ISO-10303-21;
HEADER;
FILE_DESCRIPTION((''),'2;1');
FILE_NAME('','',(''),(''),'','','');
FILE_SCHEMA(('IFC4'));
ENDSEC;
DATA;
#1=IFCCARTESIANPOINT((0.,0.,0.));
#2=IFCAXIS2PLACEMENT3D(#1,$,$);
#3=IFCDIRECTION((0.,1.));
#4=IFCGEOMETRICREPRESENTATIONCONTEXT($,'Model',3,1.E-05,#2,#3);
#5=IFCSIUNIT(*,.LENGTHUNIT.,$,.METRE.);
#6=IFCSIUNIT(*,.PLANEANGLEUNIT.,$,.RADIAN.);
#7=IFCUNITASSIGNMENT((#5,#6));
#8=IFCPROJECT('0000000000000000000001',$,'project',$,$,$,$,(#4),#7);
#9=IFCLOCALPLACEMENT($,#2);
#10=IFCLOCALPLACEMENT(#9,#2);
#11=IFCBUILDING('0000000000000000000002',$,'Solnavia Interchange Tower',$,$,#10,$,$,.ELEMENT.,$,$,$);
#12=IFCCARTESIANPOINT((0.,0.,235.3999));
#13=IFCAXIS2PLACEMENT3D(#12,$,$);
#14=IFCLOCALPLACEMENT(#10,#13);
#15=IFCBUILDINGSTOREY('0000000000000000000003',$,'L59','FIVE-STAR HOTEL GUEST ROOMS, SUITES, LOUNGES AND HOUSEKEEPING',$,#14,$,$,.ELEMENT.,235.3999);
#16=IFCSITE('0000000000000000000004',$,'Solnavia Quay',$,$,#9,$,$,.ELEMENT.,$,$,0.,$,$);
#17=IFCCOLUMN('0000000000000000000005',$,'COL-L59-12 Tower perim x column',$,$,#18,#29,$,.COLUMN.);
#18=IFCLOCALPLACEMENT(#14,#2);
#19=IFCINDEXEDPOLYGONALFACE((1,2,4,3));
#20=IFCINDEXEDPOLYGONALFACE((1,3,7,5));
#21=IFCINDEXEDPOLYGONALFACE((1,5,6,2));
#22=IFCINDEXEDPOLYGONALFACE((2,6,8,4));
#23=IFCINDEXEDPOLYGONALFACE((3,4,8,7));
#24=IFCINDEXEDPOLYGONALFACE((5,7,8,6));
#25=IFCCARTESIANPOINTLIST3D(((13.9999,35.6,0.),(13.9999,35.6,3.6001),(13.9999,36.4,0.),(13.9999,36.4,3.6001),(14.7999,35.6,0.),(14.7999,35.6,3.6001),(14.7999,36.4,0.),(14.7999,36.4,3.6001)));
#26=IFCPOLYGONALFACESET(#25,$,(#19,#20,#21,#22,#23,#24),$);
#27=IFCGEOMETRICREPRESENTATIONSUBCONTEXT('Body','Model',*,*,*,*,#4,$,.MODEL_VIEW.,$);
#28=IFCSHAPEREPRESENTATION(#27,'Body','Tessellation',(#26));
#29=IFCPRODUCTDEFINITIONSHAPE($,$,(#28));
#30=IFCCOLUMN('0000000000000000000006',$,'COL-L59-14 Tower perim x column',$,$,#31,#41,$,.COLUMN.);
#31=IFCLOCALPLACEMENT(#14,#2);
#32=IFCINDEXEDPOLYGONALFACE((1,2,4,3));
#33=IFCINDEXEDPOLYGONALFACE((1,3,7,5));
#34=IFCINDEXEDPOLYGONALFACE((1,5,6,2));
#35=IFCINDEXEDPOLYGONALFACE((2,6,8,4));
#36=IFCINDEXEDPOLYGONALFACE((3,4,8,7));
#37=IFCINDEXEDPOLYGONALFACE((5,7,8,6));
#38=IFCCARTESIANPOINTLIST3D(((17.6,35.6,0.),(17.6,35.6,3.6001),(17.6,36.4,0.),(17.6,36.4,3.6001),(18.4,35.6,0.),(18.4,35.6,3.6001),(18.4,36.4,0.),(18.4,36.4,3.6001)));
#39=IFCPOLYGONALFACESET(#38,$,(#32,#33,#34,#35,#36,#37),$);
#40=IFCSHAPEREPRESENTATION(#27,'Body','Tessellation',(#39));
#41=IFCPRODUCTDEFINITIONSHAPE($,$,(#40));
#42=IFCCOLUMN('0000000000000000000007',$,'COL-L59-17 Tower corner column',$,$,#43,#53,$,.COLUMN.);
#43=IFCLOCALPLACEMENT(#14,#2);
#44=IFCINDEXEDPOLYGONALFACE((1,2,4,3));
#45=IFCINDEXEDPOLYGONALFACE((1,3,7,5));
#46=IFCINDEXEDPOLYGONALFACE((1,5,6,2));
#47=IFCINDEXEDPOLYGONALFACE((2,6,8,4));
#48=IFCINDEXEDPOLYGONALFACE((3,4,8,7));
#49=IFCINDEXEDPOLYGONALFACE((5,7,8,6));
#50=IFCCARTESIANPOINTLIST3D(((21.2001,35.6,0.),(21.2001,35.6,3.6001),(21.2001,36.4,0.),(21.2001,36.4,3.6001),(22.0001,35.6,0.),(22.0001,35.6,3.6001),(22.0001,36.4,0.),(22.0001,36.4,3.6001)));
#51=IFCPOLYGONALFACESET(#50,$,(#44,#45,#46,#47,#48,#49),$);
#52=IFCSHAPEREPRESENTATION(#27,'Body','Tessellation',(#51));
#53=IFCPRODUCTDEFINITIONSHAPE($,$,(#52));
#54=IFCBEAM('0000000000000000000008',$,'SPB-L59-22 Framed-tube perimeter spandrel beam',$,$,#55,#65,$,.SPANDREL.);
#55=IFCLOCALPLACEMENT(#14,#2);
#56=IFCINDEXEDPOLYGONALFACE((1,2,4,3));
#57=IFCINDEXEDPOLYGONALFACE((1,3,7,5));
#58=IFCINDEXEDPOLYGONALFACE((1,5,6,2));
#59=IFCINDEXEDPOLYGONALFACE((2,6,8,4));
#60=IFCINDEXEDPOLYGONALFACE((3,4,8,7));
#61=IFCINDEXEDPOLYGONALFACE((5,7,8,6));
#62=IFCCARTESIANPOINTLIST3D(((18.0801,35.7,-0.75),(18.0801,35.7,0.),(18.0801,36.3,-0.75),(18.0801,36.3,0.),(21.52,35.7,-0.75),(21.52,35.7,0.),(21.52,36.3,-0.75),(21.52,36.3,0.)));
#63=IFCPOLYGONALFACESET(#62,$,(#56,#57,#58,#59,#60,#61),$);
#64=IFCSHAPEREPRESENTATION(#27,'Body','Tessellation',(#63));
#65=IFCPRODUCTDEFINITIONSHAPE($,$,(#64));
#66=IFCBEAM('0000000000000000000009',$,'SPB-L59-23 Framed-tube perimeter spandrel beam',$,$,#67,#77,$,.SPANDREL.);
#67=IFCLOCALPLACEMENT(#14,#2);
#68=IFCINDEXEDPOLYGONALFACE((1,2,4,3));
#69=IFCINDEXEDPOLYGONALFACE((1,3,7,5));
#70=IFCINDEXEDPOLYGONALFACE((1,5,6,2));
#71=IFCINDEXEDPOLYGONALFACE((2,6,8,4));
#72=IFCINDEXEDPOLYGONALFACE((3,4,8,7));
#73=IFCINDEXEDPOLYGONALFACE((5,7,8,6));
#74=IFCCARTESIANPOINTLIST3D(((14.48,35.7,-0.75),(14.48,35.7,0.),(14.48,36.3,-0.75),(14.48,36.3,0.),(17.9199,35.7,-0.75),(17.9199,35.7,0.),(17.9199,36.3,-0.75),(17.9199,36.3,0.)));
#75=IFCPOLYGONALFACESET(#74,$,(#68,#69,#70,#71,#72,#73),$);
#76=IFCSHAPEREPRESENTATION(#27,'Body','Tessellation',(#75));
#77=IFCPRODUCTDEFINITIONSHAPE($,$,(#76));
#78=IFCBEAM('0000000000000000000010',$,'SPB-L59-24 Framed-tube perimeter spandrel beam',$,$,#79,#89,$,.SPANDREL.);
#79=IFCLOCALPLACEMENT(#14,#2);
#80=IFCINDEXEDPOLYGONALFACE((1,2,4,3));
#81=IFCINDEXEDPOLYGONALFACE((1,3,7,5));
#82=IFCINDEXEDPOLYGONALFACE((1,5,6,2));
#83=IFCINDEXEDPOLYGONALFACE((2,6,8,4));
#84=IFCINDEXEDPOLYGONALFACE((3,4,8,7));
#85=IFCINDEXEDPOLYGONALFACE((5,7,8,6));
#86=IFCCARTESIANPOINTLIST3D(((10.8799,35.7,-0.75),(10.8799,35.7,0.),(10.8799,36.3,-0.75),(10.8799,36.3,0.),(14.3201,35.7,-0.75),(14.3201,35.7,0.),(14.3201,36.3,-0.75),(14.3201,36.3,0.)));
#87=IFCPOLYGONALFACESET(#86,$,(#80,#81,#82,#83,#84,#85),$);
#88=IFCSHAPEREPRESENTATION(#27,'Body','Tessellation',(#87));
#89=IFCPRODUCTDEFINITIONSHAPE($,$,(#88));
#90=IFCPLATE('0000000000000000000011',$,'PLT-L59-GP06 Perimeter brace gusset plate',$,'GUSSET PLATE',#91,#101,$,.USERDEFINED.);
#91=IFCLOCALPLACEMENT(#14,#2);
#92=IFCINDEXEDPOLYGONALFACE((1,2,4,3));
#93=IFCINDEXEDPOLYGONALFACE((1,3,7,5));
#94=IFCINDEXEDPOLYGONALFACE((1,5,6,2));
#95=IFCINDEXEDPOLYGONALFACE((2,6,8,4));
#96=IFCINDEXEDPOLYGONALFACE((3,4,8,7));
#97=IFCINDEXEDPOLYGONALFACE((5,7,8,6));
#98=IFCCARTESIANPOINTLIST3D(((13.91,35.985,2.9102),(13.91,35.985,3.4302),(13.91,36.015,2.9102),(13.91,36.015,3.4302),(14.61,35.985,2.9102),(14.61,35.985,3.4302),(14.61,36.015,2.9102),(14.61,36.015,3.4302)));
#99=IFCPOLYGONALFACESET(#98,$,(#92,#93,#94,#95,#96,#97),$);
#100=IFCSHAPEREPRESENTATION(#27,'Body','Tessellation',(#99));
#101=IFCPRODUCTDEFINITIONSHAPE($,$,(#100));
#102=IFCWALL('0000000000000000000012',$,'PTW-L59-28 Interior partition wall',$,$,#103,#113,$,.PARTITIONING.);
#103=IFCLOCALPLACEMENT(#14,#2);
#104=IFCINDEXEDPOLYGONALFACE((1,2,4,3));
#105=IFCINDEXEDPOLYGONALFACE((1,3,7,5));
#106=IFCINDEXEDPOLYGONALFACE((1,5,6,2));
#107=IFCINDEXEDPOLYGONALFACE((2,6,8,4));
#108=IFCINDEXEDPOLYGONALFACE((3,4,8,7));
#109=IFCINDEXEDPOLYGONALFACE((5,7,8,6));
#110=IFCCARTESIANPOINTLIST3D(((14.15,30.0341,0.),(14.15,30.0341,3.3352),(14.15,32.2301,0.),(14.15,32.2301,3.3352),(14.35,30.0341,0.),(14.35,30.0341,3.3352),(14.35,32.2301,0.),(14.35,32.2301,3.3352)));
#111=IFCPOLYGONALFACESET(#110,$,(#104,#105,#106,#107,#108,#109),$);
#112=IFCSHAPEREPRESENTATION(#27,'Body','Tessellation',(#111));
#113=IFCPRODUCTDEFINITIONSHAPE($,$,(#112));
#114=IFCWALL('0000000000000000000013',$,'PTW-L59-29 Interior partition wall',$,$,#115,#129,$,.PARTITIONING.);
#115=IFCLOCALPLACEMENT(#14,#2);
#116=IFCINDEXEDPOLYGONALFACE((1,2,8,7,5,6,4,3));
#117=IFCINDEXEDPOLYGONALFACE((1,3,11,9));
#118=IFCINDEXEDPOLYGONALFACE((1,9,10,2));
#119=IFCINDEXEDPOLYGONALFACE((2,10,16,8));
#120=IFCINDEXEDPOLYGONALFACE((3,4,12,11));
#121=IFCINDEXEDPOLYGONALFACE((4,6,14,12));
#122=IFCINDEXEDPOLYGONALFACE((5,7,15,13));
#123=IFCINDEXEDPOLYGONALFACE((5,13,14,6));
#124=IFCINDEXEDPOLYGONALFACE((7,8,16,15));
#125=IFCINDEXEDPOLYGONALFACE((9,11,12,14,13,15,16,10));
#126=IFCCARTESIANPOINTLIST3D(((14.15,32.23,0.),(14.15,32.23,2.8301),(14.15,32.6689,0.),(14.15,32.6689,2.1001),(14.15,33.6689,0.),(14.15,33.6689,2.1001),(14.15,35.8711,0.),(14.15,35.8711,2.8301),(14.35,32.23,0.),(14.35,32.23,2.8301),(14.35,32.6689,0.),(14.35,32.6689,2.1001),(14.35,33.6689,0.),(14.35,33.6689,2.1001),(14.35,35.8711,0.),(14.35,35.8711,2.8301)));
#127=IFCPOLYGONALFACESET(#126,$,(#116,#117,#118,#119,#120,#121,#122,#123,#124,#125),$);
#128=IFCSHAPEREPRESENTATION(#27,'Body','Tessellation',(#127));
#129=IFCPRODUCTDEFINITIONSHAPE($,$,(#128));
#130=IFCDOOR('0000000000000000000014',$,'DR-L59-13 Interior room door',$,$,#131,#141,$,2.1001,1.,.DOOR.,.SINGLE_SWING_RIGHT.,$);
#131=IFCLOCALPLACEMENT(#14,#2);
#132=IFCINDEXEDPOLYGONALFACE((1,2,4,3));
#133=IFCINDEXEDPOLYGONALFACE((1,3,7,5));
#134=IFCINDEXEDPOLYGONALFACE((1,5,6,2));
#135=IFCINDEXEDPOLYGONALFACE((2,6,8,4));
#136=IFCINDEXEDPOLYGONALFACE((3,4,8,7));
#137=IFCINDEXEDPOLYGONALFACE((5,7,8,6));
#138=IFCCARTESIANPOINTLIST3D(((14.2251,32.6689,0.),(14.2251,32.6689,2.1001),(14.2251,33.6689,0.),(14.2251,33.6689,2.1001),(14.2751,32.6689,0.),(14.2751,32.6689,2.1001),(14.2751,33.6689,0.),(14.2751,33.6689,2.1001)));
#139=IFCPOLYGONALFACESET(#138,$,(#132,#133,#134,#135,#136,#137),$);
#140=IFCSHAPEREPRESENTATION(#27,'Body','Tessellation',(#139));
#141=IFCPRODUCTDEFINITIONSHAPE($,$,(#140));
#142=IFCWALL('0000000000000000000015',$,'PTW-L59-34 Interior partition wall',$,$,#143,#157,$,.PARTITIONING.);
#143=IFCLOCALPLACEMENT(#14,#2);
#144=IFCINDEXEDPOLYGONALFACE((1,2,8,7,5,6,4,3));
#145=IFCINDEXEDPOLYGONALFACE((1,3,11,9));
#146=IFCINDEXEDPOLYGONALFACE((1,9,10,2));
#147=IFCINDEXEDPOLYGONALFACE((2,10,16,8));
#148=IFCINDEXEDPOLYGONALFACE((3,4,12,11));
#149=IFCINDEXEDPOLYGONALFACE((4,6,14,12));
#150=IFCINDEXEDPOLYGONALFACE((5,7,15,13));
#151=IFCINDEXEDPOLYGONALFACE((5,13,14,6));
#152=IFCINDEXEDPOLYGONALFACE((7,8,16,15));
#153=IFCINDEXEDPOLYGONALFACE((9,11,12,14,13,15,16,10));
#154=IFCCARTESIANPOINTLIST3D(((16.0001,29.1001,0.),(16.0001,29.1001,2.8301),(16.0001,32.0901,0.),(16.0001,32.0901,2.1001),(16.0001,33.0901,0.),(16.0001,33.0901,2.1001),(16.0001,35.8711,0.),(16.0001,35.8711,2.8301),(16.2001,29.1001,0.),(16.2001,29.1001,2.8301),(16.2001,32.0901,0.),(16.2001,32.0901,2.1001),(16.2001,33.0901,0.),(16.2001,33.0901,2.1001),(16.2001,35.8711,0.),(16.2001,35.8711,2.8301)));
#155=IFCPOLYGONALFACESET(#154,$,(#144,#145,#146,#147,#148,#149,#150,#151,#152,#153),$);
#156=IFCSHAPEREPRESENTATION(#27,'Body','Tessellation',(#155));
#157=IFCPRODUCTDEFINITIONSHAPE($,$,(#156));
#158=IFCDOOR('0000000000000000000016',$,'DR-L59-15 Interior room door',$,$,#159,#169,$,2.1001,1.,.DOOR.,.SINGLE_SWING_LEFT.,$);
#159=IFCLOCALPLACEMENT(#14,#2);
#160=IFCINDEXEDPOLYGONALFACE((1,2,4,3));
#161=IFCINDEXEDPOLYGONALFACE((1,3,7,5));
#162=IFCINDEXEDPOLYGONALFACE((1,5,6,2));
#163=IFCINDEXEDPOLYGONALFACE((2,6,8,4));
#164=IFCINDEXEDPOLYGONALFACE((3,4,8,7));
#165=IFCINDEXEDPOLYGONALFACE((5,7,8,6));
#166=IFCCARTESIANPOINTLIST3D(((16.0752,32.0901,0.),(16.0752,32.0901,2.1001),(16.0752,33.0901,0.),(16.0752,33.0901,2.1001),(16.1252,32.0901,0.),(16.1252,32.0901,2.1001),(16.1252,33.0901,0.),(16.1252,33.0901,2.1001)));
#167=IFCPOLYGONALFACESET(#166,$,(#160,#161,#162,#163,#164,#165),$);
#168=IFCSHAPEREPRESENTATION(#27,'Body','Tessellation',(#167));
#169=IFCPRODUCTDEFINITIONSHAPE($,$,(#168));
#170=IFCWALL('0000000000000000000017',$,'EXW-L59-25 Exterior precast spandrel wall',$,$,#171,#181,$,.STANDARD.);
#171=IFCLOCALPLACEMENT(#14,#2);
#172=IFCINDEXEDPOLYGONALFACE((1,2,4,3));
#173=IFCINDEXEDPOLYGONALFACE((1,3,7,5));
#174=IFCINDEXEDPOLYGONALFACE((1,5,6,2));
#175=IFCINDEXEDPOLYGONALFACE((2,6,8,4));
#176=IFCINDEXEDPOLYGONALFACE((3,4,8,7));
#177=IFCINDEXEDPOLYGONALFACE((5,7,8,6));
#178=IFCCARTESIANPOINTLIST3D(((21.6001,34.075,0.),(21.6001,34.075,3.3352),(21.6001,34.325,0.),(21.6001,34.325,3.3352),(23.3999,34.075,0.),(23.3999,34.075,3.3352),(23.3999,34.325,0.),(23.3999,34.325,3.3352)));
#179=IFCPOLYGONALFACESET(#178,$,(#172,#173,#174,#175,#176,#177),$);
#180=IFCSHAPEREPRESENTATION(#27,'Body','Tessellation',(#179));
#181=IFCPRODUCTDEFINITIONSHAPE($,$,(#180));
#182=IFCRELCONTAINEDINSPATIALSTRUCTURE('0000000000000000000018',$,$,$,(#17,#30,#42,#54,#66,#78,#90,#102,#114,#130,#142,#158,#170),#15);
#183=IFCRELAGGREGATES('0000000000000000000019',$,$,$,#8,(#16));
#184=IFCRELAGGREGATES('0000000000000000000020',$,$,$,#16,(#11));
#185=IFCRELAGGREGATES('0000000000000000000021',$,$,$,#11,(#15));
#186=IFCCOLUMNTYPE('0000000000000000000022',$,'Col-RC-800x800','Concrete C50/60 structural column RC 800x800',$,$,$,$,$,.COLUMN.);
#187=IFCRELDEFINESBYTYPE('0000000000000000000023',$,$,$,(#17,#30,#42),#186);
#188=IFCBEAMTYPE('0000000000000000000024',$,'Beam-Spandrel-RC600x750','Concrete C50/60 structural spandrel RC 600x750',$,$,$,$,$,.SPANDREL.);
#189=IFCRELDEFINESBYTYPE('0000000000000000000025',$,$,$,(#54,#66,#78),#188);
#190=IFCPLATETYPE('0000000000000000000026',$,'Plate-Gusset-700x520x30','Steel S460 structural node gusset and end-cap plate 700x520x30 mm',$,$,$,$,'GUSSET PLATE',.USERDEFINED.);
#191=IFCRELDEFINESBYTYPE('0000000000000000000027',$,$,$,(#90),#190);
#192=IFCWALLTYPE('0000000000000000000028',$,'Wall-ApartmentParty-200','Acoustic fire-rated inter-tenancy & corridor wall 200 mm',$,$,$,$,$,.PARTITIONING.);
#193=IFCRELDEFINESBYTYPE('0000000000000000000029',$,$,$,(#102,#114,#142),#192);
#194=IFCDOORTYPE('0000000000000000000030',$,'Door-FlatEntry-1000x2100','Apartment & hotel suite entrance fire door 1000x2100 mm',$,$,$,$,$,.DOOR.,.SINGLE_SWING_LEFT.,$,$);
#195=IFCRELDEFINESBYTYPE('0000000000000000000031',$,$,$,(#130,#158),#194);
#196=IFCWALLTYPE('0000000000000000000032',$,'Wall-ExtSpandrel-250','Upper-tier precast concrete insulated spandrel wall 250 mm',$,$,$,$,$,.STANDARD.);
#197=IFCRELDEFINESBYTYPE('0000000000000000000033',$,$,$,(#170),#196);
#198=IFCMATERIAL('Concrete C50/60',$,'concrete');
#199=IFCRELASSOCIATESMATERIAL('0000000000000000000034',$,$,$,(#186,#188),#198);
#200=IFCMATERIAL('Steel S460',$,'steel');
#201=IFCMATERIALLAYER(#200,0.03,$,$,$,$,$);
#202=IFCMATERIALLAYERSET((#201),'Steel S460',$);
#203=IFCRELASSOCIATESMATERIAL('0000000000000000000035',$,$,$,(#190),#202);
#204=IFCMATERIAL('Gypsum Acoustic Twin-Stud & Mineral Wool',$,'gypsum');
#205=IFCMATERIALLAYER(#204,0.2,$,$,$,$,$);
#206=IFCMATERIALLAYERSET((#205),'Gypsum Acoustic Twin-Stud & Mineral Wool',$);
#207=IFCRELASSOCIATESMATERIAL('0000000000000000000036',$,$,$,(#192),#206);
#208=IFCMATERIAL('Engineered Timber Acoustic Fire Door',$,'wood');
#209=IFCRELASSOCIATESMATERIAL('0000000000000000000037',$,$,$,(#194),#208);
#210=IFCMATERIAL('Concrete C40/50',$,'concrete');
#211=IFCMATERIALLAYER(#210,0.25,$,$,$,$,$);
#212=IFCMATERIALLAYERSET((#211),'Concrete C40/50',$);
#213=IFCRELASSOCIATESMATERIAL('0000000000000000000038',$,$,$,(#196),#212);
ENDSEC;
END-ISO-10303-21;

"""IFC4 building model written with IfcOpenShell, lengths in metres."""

from ifc_helpers import new_model, si_unit, direction, frame, frame_2d, origin, origin_2d, place, context, subcontext, project, spatial, rectangle, extrude, material, layer, layer_set, material_profile, profile_set, type_object, element, fill, save


model = new_model("IFC4")

# Units and contexts
model_context = context("Model", 3, precision=1e-05, world=origin(), true_north=direction((0.0, 1.0)))
body_context = subcontext(model_context, "Body", "Model", "MODEL_VIEW")
ifc_project = project(units=[si_unit("LENGTHUNIT", "METRE"), si_unit("PLANEANGLEUNIT", "RADIAN")], contexts=[model_context])

# Site, building, storey
site_placement = place(None, origin())
site = spatial("IfcSite", under=ifc_project, at=site_placement, Name="Solnavia Quay", CompositionType="ELEMENT", RefElevation=0.0)
building_placement = place(site_placement, origin())
building = spatial("IfcBuilding", under=site, at=building_placement, Name="Solnavia Interchange Tower", CompositionType="ELEMENT")
storey_placement = place(building_placement, frame((0.0, 0.0, 235.3999)))
storey = spatial("IfcBuildingStorey", under=building, at=storey_placement, Name="L59", Description="FIVE-STAR HOTEL GUEST ROOMS, SUITES, LOUNGES AND HOUSEKEEPING", CompositionType="ELEMENT", Elevation=235.3999)

# Columns
ifc_material_1 = material(Name="Concrete C50/60", Category="concrete")
ifc_material_profile_1 = material_profile(ifc_material_1, rectangle(XDim=0.8, YDim=0.8, at=origin_2d()), Name="RC 800x800")
ifc_profile_set_1 = profile_set([ifc_material_profile_1], Name="Concrete C50/60")
column_type = type_object("IfcColumnType", Name="Col-RC-800x800", Description="Concrete C50/60 structural column RC 800x800", PredefinedType="COLUMN", material=ifc_profile_set_1)
for number, where, z_axis, x_axis, name in (
    (1, (14.3999, 36.0, 0.0), (0.0, 0.0, 1.0), (1.0, 0.0, 0.0), "COL-L59-12 Tower perim x column"),
    (2, (18.0, 36.0, 0.0), (0.0, 0.0, 1.0), (1.0, 0.0, 0.0), "COL-L59-14 Tower perim x column"),
    (3, (21.6001, 36.0, 0.0), (0.0, 0.0, 1.0), (1.0, 0.0, 0.0), "COL-L59-17 Tower corner column"),
):
    element("IfcColumn", number, at=place(storey_placement, frame(where, z_axis=z_axis, x_axis=x_axis)), inside=storey, type_object=column_type, Name=name, PredefinedType="COLUMN", context=body_context, shape_type="SweptSolid", body=[
        extrude(rectangle(XDim=0.8, YDim=0.8, at=origin_2d()), origin(), (0.0, 0.0, 1.0), 3.6001),
    ])

# Beams
ifc_material_profile_2 = material_profile(ifc_material_1, rectangle(XDim=0.6001, YDim=0.75, at=origin_2d()), Name="RC 600x750")
ifc_profile_set_2 = profile_set([ifc_material_profile_2], Name="Concrete C50/60")
beam_type = type_object("IfcBeamType", Name="Beam-Spandrel-RC600x750", Description="Concrete C50/60 structural spandrel RC 600x750", PredefinedType="SPANDREL", material=ifc_profile_set_2)
for number, where, z_axis, x_axis, name in (
    (4, (21.52, 36.0, -0.375), (-1.0, 0.0, 0.0), (0.0, -1.0, 0.0), "SPB-L59-22 Framed-tube perimeter spandrel beam"),
    (5, (17.9199, 36.0, -0.375), (-1.0, 0.0, 0.0), (0.0, -1.0, 0.0), "SPB-L59-23 Framed-tube perimeter spandrel beam"),
):
    element("IfcBeam", number, at=place(storey_placement, frame(where, z_axis=z_axis, x_axis=x_axis)), inside=storey, type_object=beam_type, Name=name, PredefinedType="SPANDREL", context=body_context, shape_type="SweptSolid", body=[
        extrude(rectangle(XDim=0.6001, YDim=0.75, at=origin_2d()), origin(), (0.0, 0.0, 1.0), 3.4399),
    ])
beam_placement = place(storey_placement, frame((14.3201, 36.0, -0.375), z_axis=(-1.0, 0.0, 0.0), x_axis=(0.0, -1.0, 0.0)))
element("IfcBeam", 6, at=beam_placement, inside=storey, type_object=beam_type, Name="SPB-L59-24 Framed-tube perimeter spandrel beam", PredefinedType="SPANDREL", context=body_context, shape_type="SweptSolid", body=[
    extrude(rectangle(XDim=0.6001, YDim=0.75, at=origin_2d()), origin(), (0.0, 0.0, 1.0), 3.4402),
])

# Plate
ifc_material_2 = material(Name="Steel S460", Category="steel")
ifc_layer_1 = layer(ifc_material_2, 0.03)
ifc_layer_set_1 = layer_set([ifc_layer_1], Name="Steel S460")
plate_type = type_object("IfcPlateType", Name="Plate-Gusset-700x520x30", Description="Steel S460 structural node gusset and end-cap plate 700x520x30 mm", ElementType="GUSSET PLATE", PredefinedType="USERDEFINED", material=ifc_layer_set_1)
plate_placement = place(storey_placement, frame((14.26, 36.0, 2.9102), z_axis=(0.0, 0.0, 1.0), x_axis=(1.0, 0.0, 0.0)))
element("IfcPlate", 7, at=plate_placement, inside=storey, type_object=plate_type, Name="PLT-L59-GP06 Perimeter brace gusset plate", ObjectType="GUSSET PLATE", PredefinedType="USERDEFINED", context=body_context, shape_type="SweptSolid", body=[
    extrude(rectangle(XDim=0.7, YDim=0.03, at=origin_2d()), origin(), (0.0, 0.0, 1.0), 0.52),
])

# Wall
ifc_material_3 = material(Name="Gypsum Acoustic Twin-Stud & Mineral Wool", Category="gypsum")
ifc_layer_2 = layer(ifc_material_3, 0.2)
ifc_layer_set_2 = layer_set([ifc_layer_2], Name="Gypsum Acoustic Twin-Stud & Mineral Wool")
wall_type_1 = type_object("IfcWallType", Name="Wall-ApartmentParty-200", Description="Acoustic fire-rated inter-tenancy & corridor wall 200 mm", PredefinedType="PARTITIONING", material=ifc_layer_set_2)
wall_1_placement = place(storey_placement, frame((14.25, 30.0339, 0.0), z_axis=(0.0, 0.0, 1.0), x_axis=(0.0, 1.0, 0.0)))
element("IfcWall", 8, at=wall_1_placement, inside=storey, type_object=wall_type_1, Name="PTW-L59-28 Interior partition wall", PredefinedType="PARTITIONING", context=body_context, shape_type="SweptSolid", body=[
    extrude(rectangle(XDim=2.196, YDim=0.2, at=frame_2d((1.0981, 0.0))), origin(), (0.0, 0.0, 1.0), 3.3352),
])

# Walls, openings, doors
wall_2_placement = place(storey_placement, frame((14.25, 32.23, 0.0), z_axis=(0.0, 0.0, 1.0), x_axis=(0.0, 1.0, 0.0)))
wall_2 = element("IfcWall", 9, at=wall_2_placement, inside=storey, type_object=wall_type_1, Name="PTW-L59-29 Interior partition wall", PredefinedType="PARTITIONING", context=body_context, shape_type="SweptSolid", body=[
    extrude(rectangle(XDim=3.6411, YDim=0.2, at=frame_2d((1.8206, 0.0))), origin(), (0.0, 0.0, 1.0), 2.8301),
])
opening_1_placement = place(wall_2_placement, frame((0.439, 0.0, 0.0)))
opening_1 = element("IfcOpeningElement", 10, at=opening_1_placement, cuts=wall_2, PredefinedType="OPENING", context=body_context, shape_type="SweptSolid", body=[
    extrude(rectangle(XDim=1.0, YDim=2.1001, at=frame_2d((0.5, 1.05))), frame((0.0, 0.1099, 0.0), z_axis=(0.0, -1.0, 0.0), x_axis=(1.0, 0.0, 0.0)), (0.0, 0.0, 1.0), 0.22),
])
ifc_material_4 = material(Name="Engineered Timber Acoustic Fire Door", Category="wood")
door_type_1 = type_object("IfcDoorType", Name="Door-FlatEntry-1000x2100", Description="Apartment & hotel suite entrance fire door 1000x2100 mm", OperationType="SINGLE_SWING_LEFT", PredefinedType="DOOR", material=ifc_material_4)
door_1_placement = place(opening_1_placement, origin())
door_1 = element("IfcDoor", 11, at=door_1_placement, inside=storey, type_object=door_type_1, Name="DR-L59-13 Interior room door", OperationType="SINGLE_SWING_RIGHT", OverallHeight=2.1001, OverallWidth=1.0, PredefinedType="DOOR", context=body_context, shape_type="SweptSolid", body=[
    extrude(rectangle(XDim=1.0, YDim=2.1001, at=frame_2d((0.5, 1.05))), frame((0.0, 0.0249, 0.0), z_axis=(0.0, -1.0, 0.0), x_axis=(1.0, 0.0, 0.0)), (0.0, 0.0, 1.0), 0.05),
])
fill(opening_1, door_1)
wall_3_placement = place(storey_placement, frame((16.1001, 29.1001, 0.0), z_axis=(0.0, 0.0, 1.0), x_axis=(0.0, 1.0, 0.0)))
wall_3 = element("IfcWall", 12, at=wall_3_placement, inside=storey, type_object=wall_type_1, Name="PTW-L59-34 Interior partition wall", PredefinedType="PARTITIONING", context=body_context, shape_type="SweptSolid", body=[
    extrude(rectangle(XDim=6.771, YDim=0.2, at=frame_2d((3.3855, 0.0))), origin(), (0.0, 0.0, 1.0), 2.8301),
])
opening_2_placement = place(wall_3_placement, frame((2.99, 0.0, 0.0)))
opening_2 = element("IfcOpeningElement", 13, at=opening_2_placement, cuts=wall_3, PredefinedType="OPENING", context=body_context, shape_type="SweptSolid", body=[
    extrude(rectangle(XDim=1.0, YDim=2.1001, at=frame_2d((0.5, 1.05))), frame((0.0, 0.1099, 0.0), z_axis=(0.0, -1.0, 0.0), x_axis=(1.0, 0.0, 0.0)), (0.0, 0.0, 1.0), 0.22),
])
door_2_placement = place(opening_2_placement, origin())
door_2 = element("IfcDoor", 14, at=door_2_placement, inside=storey, type_object=door_type_1, Name="DR-L59-15 Interior room door", OperationType="SINGLE_SWING_LEFT", OverallHeight=2.1001, OverallWidth=1.0, PredefinedType="DOOR", context=body_context, shape_type="SweptSolid", body=[
    extrude(rectangle(XDim=1.0, YDim=2.1001, at=frame_2d((0.5, 1.05))), frame((0.0, 0.0249, 0.0), z_axis=(0.0, -1.0, 0.0), x_axis=(1.0, 0.0, 0.0)), (0.0, 0.0, 1.0), 0.05),
])
fill(opening_2, door_2)

# Wall
ifc_material_5 = material(Name="Concrete C40/50", Category="concrete")
ifc_layer_3 = layer(ifc_material_5, 0.25)
ifc_layer_set_3 = layer_set([ifc_layer_3], Name="Concrete C40/50")
wall_type_2 = type_object("IfcWallType", Name="Wall-ExtSpandrel-250", Description="Upper-tier precast concrete insulated spandrel wall 250 mm", PredefinedType="STANDARD", material=ifc_layer_set_3)
wall_4_placement = place(storey_placement, frame((21.6001, 34.2, 0.0), z_axis=(0.0, 0.0, 1.0), x_axis=(1.0, 0.0, 0.0)))
element("IfcWall", 15, at=wall_4_placement, inside=storey, type_object=wall_type_2, Name="EXW-L59-25 Exterior precast spandrel wall", PredefinedType="STANDARD", context=body_context, shape_type="SweptSolid", body=[
    extrude(rectangle(XDim=1.7998, YDim=0.25, at=frame_2d((0.8999, 0.0))), origin(), (0.0, 0.0, 1.0), 3.3352),
])

save(model, "model.ifc")
